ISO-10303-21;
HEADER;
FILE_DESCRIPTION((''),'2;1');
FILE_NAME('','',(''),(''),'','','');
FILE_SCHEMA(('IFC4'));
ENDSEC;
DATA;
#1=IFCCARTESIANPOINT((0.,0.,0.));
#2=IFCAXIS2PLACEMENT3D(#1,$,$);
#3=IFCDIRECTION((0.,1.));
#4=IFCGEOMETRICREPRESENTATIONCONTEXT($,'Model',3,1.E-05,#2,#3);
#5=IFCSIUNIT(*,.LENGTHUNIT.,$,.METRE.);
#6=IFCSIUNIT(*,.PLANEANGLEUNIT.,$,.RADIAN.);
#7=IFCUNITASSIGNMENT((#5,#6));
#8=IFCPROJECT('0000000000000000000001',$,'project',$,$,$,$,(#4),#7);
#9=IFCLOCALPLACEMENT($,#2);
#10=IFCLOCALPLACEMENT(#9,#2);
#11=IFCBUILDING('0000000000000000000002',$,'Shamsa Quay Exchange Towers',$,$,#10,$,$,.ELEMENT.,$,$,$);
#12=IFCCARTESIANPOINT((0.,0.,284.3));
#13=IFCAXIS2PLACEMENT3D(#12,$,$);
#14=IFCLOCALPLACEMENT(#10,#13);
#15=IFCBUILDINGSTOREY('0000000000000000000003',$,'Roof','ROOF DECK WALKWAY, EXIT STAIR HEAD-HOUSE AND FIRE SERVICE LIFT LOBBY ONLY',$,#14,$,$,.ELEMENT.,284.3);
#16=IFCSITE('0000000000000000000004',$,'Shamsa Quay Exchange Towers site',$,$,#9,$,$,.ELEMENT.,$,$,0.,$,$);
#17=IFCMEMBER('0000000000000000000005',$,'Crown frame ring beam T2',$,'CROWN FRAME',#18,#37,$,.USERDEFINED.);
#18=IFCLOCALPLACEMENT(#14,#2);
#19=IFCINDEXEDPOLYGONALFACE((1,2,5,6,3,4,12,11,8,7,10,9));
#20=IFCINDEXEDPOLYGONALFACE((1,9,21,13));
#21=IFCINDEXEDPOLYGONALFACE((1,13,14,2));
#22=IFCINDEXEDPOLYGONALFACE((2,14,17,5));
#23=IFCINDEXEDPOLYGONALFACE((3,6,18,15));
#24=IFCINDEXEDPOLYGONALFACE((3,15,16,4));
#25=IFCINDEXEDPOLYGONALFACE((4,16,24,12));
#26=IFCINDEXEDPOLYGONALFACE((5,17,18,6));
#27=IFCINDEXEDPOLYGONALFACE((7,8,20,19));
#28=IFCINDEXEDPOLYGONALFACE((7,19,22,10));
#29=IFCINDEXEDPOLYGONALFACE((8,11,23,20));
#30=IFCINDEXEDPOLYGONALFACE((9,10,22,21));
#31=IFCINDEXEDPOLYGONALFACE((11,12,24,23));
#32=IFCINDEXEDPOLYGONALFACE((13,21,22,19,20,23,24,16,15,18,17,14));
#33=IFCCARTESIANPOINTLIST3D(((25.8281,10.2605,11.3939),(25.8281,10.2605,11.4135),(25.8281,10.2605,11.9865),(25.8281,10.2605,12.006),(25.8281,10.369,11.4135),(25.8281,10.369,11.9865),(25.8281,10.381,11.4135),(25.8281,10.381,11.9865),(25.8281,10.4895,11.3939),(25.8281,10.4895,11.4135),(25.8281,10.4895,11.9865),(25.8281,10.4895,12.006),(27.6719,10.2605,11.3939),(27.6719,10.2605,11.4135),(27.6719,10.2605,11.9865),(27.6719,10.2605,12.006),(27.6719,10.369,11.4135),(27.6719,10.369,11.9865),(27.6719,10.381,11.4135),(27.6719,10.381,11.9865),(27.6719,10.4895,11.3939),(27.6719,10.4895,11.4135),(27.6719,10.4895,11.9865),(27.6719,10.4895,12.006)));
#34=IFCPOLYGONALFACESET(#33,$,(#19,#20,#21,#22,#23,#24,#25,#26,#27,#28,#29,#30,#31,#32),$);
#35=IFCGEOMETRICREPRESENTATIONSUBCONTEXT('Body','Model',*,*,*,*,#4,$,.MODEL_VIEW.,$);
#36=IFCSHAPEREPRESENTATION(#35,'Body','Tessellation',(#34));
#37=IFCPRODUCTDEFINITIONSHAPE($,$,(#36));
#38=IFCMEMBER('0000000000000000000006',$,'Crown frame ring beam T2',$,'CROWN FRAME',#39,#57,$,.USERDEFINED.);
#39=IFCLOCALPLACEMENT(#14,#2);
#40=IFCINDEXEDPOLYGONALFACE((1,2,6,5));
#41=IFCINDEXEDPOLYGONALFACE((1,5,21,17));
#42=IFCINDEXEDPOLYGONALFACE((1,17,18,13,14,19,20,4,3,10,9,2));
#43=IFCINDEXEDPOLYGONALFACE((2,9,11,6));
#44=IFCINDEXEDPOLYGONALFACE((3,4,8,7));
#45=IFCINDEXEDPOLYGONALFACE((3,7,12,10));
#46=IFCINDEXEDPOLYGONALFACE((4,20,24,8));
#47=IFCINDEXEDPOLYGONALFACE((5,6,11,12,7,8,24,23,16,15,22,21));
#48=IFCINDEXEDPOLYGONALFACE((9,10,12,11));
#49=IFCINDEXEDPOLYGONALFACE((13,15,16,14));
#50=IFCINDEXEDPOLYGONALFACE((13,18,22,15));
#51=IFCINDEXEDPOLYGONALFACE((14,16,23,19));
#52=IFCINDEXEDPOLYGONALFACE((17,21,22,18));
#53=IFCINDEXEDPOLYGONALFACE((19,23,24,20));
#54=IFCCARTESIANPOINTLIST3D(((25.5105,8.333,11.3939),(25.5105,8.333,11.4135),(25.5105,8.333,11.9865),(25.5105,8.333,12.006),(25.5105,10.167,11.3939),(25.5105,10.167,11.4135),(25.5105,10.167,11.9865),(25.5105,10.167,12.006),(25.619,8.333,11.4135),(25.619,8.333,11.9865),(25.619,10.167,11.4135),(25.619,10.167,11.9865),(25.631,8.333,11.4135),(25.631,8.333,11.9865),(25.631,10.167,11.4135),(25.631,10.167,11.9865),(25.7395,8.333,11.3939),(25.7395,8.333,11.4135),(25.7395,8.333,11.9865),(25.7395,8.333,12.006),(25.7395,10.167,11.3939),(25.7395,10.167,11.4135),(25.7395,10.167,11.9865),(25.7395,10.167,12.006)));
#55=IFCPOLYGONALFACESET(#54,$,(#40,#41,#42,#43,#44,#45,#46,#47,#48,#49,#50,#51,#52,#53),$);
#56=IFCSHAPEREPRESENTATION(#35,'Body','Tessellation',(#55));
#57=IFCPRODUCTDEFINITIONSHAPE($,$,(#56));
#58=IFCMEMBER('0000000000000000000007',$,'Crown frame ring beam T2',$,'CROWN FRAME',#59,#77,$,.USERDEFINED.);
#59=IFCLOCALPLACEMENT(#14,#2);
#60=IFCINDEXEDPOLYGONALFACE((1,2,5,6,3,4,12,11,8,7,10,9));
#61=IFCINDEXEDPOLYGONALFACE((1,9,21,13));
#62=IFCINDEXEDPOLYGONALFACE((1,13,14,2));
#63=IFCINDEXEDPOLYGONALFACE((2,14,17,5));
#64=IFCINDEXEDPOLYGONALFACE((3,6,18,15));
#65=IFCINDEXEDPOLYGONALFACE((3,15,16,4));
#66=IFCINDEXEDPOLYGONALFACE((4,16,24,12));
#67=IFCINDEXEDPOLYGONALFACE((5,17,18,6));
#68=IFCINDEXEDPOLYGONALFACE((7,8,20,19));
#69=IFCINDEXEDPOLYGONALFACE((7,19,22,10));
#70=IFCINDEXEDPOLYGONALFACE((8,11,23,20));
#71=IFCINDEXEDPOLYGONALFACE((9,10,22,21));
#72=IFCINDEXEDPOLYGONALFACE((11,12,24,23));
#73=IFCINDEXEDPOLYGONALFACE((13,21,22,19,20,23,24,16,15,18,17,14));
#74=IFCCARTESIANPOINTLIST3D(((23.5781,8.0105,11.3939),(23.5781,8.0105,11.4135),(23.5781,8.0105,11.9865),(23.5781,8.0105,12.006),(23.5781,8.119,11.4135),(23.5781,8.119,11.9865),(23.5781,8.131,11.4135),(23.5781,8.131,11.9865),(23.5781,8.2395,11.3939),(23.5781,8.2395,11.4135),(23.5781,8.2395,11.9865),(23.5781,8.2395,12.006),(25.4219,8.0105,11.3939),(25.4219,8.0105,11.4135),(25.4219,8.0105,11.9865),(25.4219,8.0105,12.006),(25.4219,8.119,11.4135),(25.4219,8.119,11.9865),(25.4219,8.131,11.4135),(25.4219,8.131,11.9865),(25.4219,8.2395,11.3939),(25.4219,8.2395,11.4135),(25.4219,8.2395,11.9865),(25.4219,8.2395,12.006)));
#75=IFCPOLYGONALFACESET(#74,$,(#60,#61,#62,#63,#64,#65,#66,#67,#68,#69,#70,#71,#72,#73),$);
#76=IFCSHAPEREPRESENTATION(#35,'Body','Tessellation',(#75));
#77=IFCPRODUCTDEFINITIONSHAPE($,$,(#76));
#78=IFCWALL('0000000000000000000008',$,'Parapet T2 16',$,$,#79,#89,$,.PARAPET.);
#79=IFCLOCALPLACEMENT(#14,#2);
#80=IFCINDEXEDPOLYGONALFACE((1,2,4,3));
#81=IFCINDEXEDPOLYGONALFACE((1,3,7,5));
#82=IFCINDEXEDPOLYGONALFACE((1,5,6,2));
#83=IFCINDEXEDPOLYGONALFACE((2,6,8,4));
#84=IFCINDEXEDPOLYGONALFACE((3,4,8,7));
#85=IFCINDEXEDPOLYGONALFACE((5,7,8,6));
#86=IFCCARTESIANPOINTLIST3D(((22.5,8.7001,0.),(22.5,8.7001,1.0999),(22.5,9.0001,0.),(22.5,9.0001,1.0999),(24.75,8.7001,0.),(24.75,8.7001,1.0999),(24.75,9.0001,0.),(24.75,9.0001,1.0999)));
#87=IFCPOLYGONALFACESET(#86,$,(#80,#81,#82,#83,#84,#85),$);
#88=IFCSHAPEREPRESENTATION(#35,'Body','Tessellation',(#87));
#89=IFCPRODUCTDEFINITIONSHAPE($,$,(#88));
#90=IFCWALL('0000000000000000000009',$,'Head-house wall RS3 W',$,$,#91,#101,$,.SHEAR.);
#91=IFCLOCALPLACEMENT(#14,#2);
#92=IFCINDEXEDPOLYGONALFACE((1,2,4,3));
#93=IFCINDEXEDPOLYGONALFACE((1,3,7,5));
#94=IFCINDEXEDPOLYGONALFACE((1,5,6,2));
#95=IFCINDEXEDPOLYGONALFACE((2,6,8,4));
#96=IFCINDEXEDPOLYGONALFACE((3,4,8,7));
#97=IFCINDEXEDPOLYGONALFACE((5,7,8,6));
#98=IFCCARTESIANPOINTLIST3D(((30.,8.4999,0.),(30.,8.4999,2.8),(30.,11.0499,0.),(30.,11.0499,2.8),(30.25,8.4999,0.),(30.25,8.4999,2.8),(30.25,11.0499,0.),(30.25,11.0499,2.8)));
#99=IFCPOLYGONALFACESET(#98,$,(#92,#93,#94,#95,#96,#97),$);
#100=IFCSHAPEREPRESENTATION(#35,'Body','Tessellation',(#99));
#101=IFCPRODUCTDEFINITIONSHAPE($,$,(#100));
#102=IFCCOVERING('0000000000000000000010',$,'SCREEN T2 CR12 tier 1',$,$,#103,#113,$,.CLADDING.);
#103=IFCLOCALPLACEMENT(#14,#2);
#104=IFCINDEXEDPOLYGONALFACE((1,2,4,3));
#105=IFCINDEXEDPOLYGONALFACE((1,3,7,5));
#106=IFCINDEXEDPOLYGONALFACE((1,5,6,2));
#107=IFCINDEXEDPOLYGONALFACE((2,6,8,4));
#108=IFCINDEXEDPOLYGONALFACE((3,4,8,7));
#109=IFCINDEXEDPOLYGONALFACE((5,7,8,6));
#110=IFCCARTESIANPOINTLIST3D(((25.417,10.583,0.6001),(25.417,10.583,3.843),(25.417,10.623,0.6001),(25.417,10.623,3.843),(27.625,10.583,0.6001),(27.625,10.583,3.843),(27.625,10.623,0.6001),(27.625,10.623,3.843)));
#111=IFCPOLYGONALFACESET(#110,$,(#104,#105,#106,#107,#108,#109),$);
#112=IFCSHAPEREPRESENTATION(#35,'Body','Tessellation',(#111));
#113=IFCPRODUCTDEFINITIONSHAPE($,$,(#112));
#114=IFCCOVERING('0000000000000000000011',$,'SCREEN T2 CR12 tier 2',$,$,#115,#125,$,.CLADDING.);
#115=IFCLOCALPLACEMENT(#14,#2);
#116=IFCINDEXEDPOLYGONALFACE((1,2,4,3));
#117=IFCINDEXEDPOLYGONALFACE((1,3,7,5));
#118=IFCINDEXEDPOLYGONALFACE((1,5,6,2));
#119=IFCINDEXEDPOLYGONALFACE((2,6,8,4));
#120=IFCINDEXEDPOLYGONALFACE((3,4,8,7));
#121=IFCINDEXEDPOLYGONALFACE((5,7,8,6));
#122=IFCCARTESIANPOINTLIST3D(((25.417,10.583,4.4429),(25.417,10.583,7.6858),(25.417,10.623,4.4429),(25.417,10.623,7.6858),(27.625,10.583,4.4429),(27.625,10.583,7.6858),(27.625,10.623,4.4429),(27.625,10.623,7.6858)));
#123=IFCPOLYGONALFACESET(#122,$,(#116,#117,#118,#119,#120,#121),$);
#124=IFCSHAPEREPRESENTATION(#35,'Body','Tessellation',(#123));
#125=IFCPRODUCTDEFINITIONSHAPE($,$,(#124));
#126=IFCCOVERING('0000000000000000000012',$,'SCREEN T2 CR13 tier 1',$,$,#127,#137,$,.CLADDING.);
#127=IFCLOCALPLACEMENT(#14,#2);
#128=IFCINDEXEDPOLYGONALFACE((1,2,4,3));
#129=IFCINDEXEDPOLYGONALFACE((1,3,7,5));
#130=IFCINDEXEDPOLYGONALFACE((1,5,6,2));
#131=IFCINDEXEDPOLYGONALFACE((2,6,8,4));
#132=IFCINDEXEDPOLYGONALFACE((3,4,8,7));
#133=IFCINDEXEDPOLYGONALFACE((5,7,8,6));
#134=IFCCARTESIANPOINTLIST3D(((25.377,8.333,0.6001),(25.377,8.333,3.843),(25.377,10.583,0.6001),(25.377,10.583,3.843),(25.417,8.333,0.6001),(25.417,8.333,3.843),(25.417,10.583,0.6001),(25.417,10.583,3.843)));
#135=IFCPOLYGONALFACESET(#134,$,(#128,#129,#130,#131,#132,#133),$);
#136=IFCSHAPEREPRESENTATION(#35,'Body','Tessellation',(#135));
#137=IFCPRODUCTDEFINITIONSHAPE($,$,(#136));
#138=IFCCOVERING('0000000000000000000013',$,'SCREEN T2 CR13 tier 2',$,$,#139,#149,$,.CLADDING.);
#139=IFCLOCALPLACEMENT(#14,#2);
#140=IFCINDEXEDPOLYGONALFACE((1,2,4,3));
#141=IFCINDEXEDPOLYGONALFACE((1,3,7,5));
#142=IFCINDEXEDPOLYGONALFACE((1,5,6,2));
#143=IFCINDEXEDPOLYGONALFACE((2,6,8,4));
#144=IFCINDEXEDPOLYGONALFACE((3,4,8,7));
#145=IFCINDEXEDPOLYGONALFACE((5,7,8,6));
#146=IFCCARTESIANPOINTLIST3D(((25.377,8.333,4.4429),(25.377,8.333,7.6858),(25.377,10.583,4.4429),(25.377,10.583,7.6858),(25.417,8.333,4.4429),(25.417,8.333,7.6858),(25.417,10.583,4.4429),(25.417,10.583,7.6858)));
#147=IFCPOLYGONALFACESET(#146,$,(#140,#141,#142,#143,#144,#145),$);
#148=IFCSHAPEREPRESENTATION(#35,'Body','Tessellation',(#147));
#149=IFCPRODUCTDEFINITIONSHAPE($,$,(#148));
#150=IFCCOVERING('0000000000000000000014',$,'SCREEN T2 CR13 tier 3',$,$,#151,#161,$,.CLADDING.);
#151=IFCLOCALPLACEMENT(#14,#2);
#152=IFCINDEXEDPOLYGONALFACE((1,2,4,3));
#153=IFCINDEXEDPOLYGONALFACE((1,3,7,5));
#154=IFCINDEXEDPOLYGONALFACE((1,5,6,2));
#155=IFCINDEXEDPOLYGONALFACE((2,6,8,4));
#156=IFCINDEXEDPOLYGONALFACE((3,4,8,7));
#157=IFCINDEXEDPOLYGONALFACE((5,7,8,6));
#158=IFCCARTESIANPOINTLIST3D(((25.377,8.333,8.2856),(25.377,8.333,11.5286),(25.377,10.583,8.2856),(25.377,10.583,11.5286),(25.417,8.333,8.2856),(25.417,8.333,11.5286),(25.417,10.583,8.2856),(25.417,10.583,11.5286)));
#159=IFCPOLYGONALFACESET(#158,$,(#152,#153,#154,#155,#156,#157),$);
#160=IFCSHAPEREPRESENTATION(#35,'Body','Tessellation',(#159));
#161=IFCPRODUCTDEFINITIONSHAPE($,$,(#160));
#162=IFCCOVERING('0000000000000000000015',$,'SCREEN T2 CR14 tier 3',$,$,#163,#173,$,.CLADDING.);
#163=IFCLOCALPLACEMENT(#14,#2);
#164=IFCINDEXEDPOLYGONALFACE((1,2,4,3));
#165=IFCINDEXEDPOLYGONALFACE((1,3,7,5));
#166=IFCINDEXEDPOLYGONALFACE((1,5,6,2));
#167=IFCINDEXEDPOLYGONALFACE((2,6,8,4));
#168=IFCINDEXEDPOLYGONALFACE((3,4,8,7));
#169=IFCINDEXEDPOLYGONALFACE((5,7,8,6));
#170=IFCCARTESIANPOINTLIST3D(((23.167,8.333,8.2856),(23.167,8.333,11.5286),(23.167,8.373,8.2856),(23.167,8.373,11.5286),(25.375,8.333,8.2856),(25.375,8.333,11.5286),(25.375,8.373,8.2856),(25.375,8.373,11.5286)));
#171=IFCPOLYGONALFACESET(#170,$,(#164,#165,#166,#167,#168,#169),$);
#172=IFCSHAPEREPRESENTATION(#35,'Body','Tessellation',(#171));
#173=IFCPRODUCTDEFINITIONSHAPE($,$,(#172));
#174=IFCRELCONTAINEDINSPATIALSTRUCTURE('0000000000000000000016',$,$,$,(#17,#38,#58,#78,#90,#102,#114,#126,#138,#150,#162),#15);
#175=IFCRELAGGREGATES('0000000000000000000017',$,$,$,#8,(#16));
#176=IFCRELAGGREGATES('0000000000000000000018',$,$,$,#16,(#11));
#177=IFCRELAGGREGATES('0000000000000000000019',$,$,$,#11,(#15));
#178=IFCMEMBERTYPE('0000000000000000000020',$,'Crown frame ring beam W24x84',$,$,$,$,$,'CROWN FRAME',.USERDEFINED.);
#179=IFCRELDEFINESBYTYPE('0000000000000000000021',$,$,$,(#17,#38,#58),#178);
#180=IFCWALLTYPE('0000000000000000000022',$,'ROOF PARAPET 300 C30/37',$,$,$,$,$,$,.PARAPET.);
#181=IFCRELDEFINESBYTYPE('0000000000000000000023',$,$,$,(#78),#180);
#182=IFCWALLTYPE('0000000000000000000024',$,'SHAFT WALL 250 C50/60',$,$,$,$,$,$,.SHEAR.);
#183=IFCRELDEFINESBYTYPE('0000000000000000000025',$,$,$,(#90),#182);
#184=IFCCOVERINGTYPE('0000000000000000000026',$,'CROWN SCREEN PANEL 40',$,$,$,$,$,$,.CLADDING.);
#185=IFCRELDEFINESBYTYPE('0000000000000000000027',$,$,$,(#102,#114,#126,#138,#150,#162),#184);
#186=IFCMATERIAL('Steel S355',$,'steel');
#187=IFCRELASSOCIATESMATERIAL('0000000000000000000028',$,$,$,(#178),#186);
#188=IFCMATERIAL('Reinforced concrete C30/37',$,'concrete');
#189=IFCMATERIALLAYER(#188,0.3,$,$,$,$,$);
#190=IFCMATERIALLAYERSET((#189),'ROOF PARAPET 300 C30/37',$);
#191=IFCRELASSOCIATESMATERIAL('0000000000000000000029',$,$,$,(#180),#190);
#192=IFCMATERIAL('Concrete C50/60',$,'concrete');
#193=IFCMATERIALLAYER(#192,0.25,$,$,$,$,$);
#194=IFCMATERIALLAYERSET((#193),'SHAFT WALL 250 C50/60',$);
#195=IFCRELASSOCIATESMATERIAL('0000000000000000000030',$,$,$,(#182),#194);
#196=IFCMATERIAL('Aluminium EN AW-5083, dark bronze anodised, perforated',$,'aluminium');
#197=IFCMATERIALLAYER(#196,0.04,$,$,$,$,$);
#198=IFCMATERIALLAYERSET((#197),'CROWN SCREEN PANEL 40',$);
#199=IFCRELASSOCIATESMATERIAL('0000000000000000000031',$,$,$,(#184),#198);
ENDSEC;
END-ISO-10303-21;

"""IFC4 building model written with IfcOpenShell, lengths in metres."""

from ifc_helpers import new_model, si_unit, direction, frame, frame_2d, origin, origin_2d, place, context, subcontext, project, spatial, rectangle, i_section, extrude, material, layer, layer_set, material_profile, profile_set, type_object, element, save


model = new_model("IFC4")

# Units and contexts
model_context = context("Model", 3, precision=1e-05, world=origin(), true_north=direction((0.0, 1.0)))
body_context = subcontext(model_context, "Body", "Model", "MODEL_VIEW")
ifc_project = project(units=[si_unit("LENGTHUNIT", "METRE"), si_unit("PLANEANGLEUNIT", "RADIAN")], contexts=[model_context])

# Site, building, storey
site_placement = place(None, origin())
site = spatial("IfcSite", under=ifc_project, at=site_placement, Name="Shamsa Quay Exchange Towers site", CompositionType="ELEMENT", RefElevation=0.0)
building_placement = place(site_placement, origin())
building = spatial("IfcBuilding", under=site, at=building_placement, Name="Shamsa Quay Exchange Towers", CompositionType="ELEMENT")
storey_placement = place(building_placement, frame((0.0, 0.0, 284.3)))
storey = spatial("IfcBuildingStorey", under=building, at=storey_placement, Name="Roof", Description="ROOF DECK WALKWAY, EXIT STAIR HEAD-HOUSE AND FIRE SERVICE LIFT LOBBY ONLY", CompositionType="ELEMENT", Elevation=284.3)

# Members
ifc_material_1 = material(Name="Steel S355", Category="steel")
ifc_material_profile_1 = material_profile(ifc_material_1, i_section(OverallWidth=0.229, OverallDepth=0.6121, WebThickness=0.012, FlangeThickness=0.0195, at=origin_2d()), Name="W24x84")
ifc_profile_set_1 = profile_set([ifc_material_profile_1], Name="Steel S355")
member_type_1 = type_object("IfcMemberType", Name="Crown frame ring beam W24x84", ElementType="CROWN FRAME", PredefinedType="USERDEFINED", material=ifc_profile_set_1)
member_1_placement = place(storey_placement, frame((27.6719, 10.375, 11.7), z_axis=(-1.0, 0.0, 0.0), x_axis=(0.0, -1.0, 0.0)))
element("IfcMember", 1, at=member_1_placement, inside=storey, type_object=member_type_1, Name="Crown frame ring beam T2", ObjectType="CROWN FRAME", PredefinedType="USERDEFINED", context=body_context, shape_type="SweptSolid", body=[
    extrude(i_section(OverallWidth=0.229, OverallDepth=0.6121, WebThickness=0.012, FlangeThickness=0.0195, at=origin_2d()), origin(), (0.0, 0.0, 1.0), 1.8438),
])
member_2_placement = place(storey_placement, frame((25.625, 10.167, 11.7), z_axis=(0.0, -1.0, 0.0), x_axis=(1.0, 0.0, 0.0)))
element("IfcMember", 2, at=member_2_placement, inside=storey, type_object=member_type_1, Name="Crown frame ring beam T2", ObjectType="CROWN FRAME", PredefinedType="USERDEFINED", context=body_context, shape_type="SweptSolid", body=[
    extrude(i_section(OverallWidth=0.229, OverallDepth=0.6121, WebThickness=0.012, FlangeThickness=0.0195, at=origin_2d()), origin(), (0.0, 0.0, 1.0), 1.834),
])
member_3_placement = place(storey_placement, frame((25.4219, 8.125, 11.7), z_axis=(-1.0, 0.0, 0.0), x_axis=(0.0, -1.0, 0.0)))
element("IfcMember", 3, at=member_3_placement, inside=storey, type_object=member_type_1, Name="Crown frame ring beam T2", ObjectType="CROWN FRAME", PredefinedType="USERDEFINED", context=body_context, shape_type="SweptSolid", body=[
    extrude(i_section(OverallWidth=0.229, OverallDepth=0.6121, WebThickness=0.012, FlangeThickness=0.0195, at=origin_2d()), origin(), (0.0, 0.0, 1.0), 1.8438),
])

# Walls
ifc_material_2 = material(Name="Reinforced concrete C30/37", Category="concrete")
ifc_layer_1 = layer(ifc_material_2, 0.3)
ifc_layer_set_1 = layer_set([ifc_layer_1], Name="ROOF PARAPET 300 C30/37")
wall_type_1 = type_object("IfcWallType", Name="ROOF PARAPET 300 C30/37", PredefinedType="PARAPET", material=ifc_layer_set_1)
wall_1_placement = place(storey_placement, frame((24.75, 8.8501, 0.0), z_axis=(0.0, 0.0, 1.0), x_axis=(-1.0, 0.0, 0.0)))
element("IfcWall", 4, at=wall_1_placement, inside=storey, type_object=wall_type_1, Name="Parapet T2 16", PredefinedType="PARAPET", context=body_context, shape_type="SweptSolid", body=[
    extrude(rectangle(XDim=2.25, YDim=0.3, at=frame_2d((1.125, 0.0))), origin(), (0.0, 0.0, 1.0), 1.0999),
])
ifc_material_3 = material(Name="Concrete C50/60", Category="concrete")
ifc_layer_2 = layer(ifc_material_3, 0.25)
ifc_layer_set_2 = layer_set([ifc_layer_2], Name="SHAFT WALL 250 C50/60")
wall_type_2 = type_object("IfcWallType", Name="SHAFT WALL 250 C50/60", PredefinedType="SHEAR", material=ifc_layer_set_2)
wall_2_placement = place(storey_placement, frame((30.125, 8.5, 0.0), z_axis=(0.0, 0.0, 1.0), x_axis=(0.0, 1.0, 0.0)))
element("IfcWall", 5, at=wall_2_placement, inside=storey, type_object=wall_type_2, Name="Head-house wall RS3 W", PredefinedType="SHEAR", context=body_context, shape_type="SweptSolid", body=[
    extrude(rectangle(XDim=2.55, YDim=0.25, at=frame_2d((1.2749, 0.0))), origin(), (0.0, 0.0, 1.0), 2.8),
])

# Coverings
ifc_material_4 = material(Name="Aluminium EN AW-5083, dark bronze anodised, perforated", Category="aluminium")
ifc_layer_3 = layer(ifc_material_4, 0.04)
ifc_layer_set_3 = layer_set([ifc_layer_3], Name="CROWN SCREEN PANEL 40")
covering_type = type_object("IfcCoveringType", Name="CROWN SCREEN PANEL 40", PredefinedType="CLADDING", material=ifc_layer_set_3)
for number, where, z_axis, x_axis, name in (
    (6, (26.521, 10.603, 0.6001), (0.0, 0.0, 1.0), (-1.0, 0.0, 0.0), "SCREEN T2 CR12 tier 1"),
    (7, (26.521, 10.603, 4.4429), (0.0, 0.0, 1.0), (-1.0, 0.0, 0.0), "SCREEN T2 CR12 tier 2"),
):
    element("IfcCovering", number, at=place(storey_placement, frame(where, z_axis=z_axis, x_axis=x_axis)), inside=storey, type_object=covering_type, Name=name, PredefinedType="CLADDING", context=body_context, shape_type="SweptSolid", body=[
        extrude(rectangle(XDim=2.208, YDim=0.04, at=origin_2d()), origin(), (0.0, 0.0, 1.0), 3.2429),
    ])
for number, where, z_axis, x_axis, name in (
    (8, (25.397, 9.458, 0.6001), (0.0, 0.0, 1.0), (0.0, -1.0, 0.0), "SCREEN T2 CR13 tier 1"),
    (9, (25.397, 9.458, 4.4429), (0.0, 0.0, 1.0), (0.0, -1.0, 0.0), "SCREEN T2 CR13 tier 2"),
    (10, (25.397, 9.458, 8.2856), (0.0, 0.0, 1.0), (0.0, -1.0, 0.0), "SCREEN T2 CR13 tier 3"),
):
    element("IfcCovering", number, at=place(storey_placement, frame(where, z_axis=z_axis, x_axis=x_axis)), inside=storey, type_object=covering_type, Name=name, PredefinedType="CLADDING", context=body_context, shape_type="SweptSolid", body=[
        extrude(rectangle(XDim=2.25, YDim=0.04, at=origin_2d()), origin(), (0.0, 0.0, 1.0), 3.2429),
    ])
covering_placement = place(storey_placement, frame((24.271, 8.353, 8.2856), z_axis=(0.0, 0.0, 1.0), x_axis=(-1.0, 0.0, 0.0)))
element("IfcCovering", 11, at=covering_placement, inside=storey, type_object=covering_type, Name="SCREEN T2 CR14 tier 3", PredefinedType="CLADDING", context=body_context, shape_type="SweptSolid", body=[
    extrude(rectangle(XDim=2.208, YDim=0.04, at=origin_2d()), origin(), (0.0, 0.0, 1.0), 3.2429),
])

save(model, "model.ifc")
